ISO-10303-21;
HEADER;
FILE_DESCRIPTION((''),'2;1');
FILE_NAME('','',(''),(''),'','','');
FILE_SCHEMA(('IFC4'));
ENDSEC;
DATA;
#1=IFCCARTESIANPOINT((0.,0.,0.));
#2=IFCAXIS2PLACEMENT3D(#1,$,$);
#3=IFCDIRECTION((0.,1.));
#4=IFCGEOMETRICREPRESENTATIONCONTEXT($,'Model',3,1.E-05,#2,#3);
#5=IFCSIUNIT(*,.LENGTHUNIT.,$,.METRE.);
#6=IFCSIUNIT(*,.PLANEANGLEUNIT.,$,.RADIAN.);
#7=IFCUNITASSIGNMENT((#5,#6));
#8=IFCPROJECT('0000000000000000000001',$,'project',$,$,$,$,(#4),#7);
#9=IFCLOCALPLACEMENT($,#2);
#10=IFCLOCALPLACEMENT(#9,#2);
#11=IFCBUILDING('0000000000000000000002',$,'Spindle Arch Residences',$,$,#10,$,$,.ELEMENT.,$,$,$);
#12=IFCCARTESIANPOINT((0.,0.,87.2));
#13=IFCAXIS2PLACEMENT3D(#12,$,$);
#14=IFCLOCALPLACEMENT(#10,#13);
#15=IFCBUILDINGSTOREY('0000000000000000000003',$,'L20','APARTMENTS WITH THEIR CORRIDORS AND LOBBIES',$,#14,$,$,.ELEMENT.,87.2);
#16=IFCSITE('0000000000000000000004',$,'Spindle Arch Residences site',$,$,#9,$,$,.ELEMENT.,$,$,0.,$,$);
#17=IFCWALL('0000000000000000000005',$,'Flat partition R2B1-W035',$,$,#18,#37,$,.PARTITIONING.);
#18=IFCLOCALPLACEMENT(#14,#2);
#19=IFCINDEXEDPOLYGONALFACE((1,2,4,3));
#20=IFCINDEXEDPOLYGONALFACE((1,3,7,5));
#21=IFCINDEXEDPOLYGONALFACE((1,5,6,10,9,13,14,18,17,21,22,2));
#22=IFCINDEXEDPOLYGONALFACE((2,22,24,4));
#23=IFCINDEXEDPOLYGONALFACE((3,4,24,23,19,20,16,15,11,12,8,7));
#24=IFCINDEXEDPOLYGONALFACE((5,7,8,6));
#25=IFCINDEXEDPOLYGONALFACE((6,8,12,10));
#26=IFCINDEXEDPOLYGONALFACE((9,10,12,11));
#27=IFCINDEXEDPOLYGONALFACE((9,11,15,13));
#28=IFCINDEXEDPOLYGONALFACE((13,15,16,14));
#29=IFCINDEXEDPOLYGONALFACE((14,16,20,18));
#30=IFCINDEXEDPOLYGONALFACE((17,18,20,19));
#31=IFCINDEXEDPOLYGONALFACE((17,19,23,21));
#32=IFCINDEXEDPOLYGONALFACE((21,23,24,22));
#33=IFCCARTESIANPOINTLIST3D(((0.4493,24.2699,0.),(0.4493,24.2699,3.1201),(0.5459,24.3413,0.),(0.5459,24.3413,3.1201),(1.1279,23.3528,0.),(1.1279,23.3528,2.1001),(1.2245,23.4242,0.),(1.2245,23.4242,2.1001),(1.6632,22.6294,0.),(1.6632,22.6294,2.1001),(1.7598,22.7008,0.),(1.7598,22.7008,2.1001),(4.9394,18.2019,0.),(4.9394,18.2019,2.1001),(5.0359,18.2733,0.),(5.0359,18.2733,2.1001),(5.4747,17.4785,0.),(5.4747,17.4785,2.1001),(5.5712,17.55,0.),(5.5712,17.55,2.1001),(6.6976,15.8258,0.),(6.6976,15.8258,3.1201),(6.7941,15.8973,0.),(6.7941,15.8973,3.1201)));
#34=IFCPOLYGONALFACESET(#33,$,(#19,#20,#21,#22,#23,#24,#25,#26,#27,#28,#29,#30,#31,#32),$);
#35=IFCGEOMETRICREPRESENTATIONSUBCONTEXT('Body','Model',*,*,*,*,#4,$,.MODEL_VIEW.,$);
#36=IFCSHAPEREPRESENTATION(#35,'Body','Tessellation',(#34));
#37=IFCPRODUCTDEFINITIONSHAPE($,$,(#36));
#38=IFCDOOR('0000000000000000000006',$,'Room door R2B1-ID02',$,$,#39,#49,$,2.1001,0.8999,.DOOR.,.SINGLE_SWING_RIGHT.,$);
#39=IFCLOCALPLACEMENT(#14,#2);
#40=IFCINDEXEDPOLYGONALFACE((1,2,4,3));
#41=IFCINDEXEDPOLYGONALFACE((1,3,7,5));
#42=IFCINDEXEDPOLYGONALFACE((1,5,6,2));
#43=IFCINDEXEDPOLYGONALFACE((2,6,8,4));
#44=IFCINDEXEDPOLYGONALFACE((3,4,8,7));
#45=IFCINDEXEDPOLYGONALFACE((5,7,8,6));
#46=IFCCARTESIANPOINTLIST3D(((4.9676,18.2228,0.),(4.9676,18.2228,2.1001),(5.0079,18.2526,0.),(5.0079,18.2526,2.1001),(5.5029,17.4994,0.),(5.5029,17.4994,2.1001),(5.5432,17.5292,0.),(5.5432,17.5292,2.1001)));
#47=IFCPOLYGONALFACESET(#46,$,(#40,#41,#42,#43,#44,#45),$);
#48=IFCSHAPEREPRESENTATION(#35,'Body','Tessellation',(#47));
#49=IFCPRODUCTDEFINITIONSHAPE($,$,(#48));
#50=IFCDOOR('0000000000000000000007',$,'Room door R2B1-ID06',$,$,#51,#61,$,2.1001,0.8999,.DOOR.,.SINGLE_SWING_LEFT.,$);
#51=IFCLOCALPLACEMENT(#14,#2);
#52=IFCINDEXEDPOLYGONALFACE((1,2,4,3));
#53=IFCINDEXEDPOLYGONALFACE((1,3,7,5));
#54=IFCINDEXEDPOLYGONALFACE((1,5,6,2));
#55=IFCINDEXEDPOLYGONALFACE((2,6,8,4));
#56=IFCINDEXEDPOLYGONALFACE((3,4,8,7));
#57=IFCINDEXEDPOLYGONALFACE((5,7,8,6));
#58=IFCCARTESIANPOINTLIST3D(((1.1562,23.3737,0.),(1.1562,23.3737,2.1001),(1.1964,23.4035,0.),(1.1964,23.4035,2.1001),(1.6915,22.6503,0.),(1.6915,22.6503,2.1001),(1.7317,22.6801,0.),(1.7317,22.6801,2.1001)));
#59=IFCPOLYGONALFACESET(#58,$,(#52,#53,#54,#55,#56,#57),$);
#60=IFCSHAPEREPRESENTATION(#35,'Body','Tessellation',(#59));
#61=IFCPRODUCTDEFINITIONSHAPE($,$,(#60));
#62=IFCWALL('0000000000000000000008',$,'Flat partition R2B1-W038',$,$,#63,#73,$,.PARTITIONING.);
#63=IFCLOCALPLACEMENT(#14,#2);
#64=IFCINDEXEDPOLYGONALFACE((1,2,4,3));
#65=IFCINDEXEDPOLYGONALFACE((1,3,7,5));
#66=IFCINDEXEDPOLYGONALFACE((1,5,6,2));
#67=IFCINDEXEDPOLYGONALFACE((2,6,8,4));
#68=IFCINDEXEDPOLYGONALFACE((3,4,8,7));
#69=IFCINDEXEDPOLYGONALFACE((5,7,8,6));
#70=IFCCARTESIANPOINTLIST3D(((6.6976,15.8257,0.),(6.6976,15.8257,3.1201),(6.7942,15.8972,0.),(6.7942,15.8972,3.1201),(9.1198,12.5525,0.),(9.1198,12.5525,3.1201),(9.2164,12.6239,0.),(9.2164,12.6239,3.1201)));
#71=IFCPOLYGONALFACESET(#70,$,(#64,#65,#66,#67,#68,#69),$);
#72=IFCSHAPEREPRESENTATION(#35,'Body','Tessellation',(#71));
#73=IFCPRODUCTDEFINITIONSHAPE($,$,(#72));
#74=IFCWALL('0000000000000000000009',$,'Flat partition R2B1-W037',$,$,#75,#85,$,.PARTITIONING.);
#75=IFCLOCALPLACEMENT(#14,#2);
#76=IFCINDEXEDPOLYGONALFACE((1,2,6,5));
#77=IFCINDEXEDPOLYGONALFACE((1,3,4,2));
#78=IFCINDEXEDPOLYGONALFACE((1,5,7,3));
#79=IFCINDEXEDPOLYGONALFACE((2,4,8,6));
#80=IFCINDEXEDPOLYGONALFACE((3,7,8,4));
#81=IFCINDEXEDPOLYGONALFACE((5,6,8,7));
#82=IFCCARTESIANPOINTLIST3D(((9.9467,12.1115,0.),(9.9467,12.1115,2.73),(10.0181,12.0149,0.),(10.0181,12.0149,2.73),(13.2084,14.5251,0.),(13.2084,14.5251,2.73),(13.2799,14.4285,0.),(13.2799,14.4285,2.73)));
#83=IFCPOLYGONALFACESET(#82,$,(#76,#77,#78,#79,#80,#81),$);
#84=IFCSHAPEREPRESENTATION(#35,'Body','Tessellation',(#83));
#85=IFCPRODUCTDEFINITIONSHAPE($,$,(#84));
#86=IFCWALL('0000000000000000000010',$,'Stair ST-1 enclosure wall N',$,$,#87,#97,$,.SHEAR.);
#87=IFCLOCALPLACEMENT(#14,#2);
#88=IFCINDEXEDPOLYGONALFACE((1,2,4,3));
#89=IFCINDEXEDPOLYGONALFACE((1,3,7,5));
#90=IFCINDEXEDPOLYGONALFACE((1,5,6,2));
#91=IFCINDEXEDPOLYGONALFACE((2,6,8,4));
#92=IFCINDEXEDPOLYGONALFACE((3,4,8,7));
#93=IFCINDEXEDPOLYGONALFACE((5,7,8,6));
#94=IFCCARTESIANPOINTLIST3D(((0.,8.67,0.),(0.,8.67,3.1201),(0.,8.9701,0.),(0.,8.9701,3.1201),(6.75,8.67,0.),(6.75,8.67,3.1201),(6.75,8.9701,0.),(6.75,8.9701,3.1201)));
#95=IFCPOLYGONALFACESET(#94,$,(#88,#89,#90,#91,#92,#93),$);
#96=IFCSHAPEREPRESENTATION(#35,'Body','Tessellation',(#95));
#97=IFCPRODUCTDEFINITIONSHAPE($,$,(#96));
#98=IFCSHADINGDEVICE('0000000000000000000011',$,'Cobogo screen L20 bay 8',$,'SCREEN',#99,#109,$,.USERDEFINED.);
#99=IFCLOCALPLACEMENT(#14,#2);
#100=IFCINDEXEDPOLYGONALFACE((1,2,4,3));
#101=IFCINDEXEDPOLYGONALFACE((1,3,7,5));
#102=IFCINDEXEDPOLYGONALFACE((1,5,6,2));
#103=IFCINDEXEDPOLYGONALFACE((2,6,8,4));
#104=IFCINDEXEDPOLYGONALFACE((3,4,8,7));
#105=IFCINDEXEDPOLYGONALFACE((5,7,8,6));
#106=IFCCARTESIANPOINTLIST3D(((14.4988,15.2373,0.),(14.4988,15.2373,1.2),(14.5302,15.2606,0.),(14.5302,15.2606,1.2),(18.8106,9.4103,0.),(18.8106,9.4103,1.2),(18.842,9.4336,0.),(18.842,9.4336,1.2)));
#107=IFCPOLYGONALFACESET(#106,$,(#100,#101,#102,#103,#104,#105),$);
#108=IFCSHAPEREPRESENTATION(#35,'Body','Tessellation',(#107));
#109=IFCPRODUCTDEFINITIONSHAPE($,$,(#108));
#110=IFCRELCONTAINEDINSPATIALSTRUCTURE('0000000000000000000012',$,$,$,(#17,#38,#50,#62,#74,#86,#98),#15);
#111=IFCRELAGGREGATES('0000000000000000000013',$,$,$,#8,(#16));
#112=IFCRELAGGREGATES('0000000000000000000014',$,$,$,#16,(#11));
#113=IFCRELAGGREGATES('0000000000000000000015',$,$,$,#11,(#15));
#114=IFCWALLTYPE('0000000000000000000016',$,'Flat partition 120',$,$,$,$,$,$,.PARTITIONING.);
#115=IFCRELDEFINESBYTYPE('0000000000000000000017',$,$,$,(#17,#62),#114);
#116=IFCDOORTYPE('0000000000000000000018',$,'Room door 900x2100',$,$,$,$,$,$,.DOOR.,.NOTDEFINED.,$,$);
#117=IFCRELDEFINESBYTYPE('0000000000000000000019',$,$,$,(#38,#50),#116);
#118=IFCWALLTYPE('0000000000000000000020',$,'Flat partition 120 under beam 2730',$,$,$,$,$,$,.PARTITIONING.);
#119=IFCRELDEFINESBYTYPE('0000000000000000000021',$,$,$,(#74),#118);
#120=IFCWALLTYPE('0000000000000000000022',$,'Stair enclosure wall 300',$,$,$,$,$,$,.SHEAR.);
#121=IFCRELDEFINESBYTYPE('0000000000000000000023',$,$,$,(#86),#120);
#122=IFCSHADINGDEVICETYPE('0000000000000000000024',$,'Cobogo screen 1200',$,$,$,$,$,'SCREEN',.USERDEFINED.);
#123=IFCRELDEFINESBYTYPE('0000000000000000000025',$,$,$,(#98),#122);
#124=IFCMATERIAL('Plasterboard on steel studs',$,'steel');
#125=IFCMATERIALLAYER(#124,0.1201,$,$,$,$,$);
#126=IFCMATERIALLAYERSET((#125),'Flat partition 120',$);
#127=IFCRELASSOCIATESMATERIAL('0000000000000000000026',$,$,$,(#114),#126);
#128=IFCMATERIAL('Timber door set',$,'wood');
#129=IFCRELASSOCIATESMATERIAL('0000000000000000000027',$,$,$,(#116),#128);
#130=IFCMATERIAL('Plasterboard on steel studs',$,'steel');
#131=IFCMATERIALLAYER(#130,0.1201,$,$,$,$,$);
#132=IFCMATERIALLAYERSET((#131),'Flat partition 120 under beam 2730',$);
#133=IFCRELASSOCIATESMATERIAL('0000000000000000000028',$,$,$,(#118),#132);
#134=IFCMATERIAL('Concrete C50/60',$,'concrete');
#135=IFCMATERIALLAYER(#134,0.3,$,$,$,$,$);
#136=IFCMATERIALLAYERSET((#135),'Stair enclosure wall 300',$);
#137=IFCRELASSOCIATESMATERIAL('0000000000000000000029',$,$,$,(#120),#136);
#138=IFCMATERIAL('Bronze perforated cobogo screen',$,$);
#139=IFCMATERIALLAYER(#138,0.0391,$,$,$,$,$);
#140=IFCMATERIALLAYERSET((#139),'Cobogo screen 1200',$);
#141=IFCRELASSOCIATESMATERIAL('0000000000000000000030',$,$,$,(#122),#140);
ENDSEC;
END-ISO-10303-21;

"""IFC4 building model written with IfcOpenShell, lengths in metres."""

from ifc_helpers import new_model, si_unit, direction, frame, frame_2d, origin, origin_2d, place, context, subcontext, project, spatial, rectangle, extrude, material, layer, layer_set, type_object, element, fill, save


model = new_model("IFC4")

# Units and contexts
model_context = context("Model", 3, precision=1e-05, world=origin(), true_north=direction((0.0, 1.0)))
body_context = subcontext(model_context, "Body", "Model", "MODEL_VIEW")
ifc_project = project(units=[si_unit("LENGTHUNIT", "METRE"), si_unit("PLANEANGLEUNIT", "RADIAN")], contexts=[model_context])

# Site, building, storey
site_placement = place(None, origin())
site = spatial("IfcSite", under=ifc_project, at=site_placement, Name="Spindle Arch Residences site", CompositionType="ELEMENT", RefElevation=0.0)
building_placement = place(site_placement, origin())
building = spatial("IfcBuilding", under=site, at=building_placement, Name="Spindle Arch Residences", CompositionType="ELEMENT")
storey_placement = place(building_placement, frame((0.0, 0.0, 87.2)))
storey = spatial("IfcBuildingStorey", under=building, at=storey_placement, Name="L20", Description="APARTMENTS WITH THEIR CORRIDORS AND LOBBIES", CompositionType="ELEMENT", Elevation=87.2)

# Shared definitions
ifc_material_1 = material(Name="Plasterboard on steel studs", Category="steel")
ifc_layer_1 = layer(ifc_material_1, 0.1201)
ifc_layer_set_1 = layer_set([ifc_layer_1], Name="Flat partition 120")
wall_type_1 = type_object("IfcWallType", Name="Flat partition 120", PredefinedType="PARTITIONING", material=ifc_layer_set_1)

# Wall, openings, doors
wall_1_placement = place(storey_placement, frame((6.7458, 15.8616, 0.0), z_axis=(0.0, 0.0, 1.0), x_axis=(-0.594822, 0.803857, 0.0)))
wall_1 = element("IfcWall", 1, at=wall_1_placement, inside=storey, type_object=wall_type_1, Name="Flat partition R2B1-W035", PredefinedType="PARTITIONING", context=body_context, shape_type="SweptSolid", body=[
    extrude(rectangle(XDim=10.5044, YDim=0.1201, at=frame_2d((5.2522, 0.0))), origin(), (0.0, 0.0, 1.0), 3.1201),
])
opening_1_placement = place(wall_1_placement, frame((2.0559, 0.0, 0.0)))
opening_1 = element("IfcOpeningElement", 2, at=opening_1_placement, cuts=wall_1, PredefinedType="OPENING", context=body_context, shape_type="SweptSolid", body=[
    extrude(rectangle(XDim=0.8999, YDim=2.1001, at=frame_2d((0.45, 1.05))), frame((0.0, 0.0701, 0.0), z_axis=(0.0, -1.0, 0.0), x_axis=(1.0, 0.0, 0.0)), (0.0, 0.0, 1.0), 0.1401),
])
opening_2_placement = place(wall_1_placement, frame((8.4636, 0.0, 0.0)))
opening_2 = element("IfcOpeningElement", 3, at=opening_2_placement, cuts=wall_1, PredefinedType="OPENING", context=body_context, shape_type="SweptSolid", body=[
    extrude(rectangle(XDim=0.8999, YDim=2.1001, at=frame_2d((0.45, 1.05))), frame((0.0, 0.0701, 0.0), z_axis=(0.0, -1.0, 0.0), x_axis=(1.0, 0.0, 0.0)), (0.0, 0.0, 1.0), 0.1401),
])
ifc_material_2 = material(Name="Timber door set", Category="wood")
door_type_1 = type_object("IfcDoorType", Name="Room door 900x2100", OperationType="NOTDEFINED", PredefinedType="DOOR", material=ifc_material_2)
door_1_placement = place(opening_1_placement, origin())
door_1 = element("IfcDoor", 4, at=door_1_placement, inside=storey, type_object=door_type_1, Name="Room door R2B1-ID02", OperationType="SINGLE_SWING_RIGHT", OverallHeight=2.1001, OverallWidth=0.8999, PredefinedType="DOOR", context=body_context, shape_type="SweptSolid", body=[
    extrude(rectangle(XDim=0.8999, YDim=2.1001, at=frame_2d((0.45, 1.05))), frame((0.0, 0.0249, 0.0), z_axis=(0.0, -1.0, 0.0), x_axis=(1.0, 0.0, 0.0)), (0.0, 0.0, 1.0), 0.05),
])
fill(opening_1, door_1)
door_2_placement = place(opening_2_placement, origin())
door_2 = element("IfcDoor", 5, at=door_2_placement, inside=storey, type_object=door_type_1, Name="Room door R2B1-ID06", OperationType="SINGLE_SWING_LEFT", OverallHeight=2.1001, OverallWidth=0.8999, PredefinedType="DOOR", context=body_context, shape_type="SweptSolid", body=[
    extrude(rectangle(XDim=0.8999, YDim=2.1001, at=frame_2d((0.45, 1.05))), frame((0.0, 0.0249, 0.0), z_axis=(0.0, -1.0, 0.0), x_axis=(1.0, 0.0, 0.0)), (0.0, 0.0, 1.0), 0.05),
])
fill(opening_2, door_2)

# Walls
wall_2_placement = place(storey_placement, frame((6.7458, 15.8616, 0.0), z_axis=(0.0, 0.0, 1.0), x_axis=(0.594836, -0.803847, 0.0)))
element("IfcWall", 6, at=wall_2_placement, inside=storey, type_object=wall_type_1, Name="Flat partition R2B1-W038", PredefinedType="PARTITIONING", context=body_context, shape_type="SweptSolid", body=[
    extrude(rectangle(XDim=4.072, YDim=0.1201, at=frame_2d((2.0361, 0.0))), origin(), (0.0, 0.0, 1.0), 3.1201),
])
ifc_material_3 = material(Name="Plasterboard on steel studs", Category="steel")
ifc_layer_2 = layer(ifc_material_3, 0.1201)
ifc_layer_set_2 = layer_set([ifc_layer_2], Name="Flat partition 120 under beam 2730")
wall_type_2 = type_object("IfcWallType", Name="Flat partition 120 under beam 2730", PredefinedType="PARTITIONING", material=ifc_layer_set_2)
wall_3_placement = place(storey_placement, frame((13.2441, 14.4768, 0.0), z_axis=(0.0, 0.0, 1.0), x_axis=(-0.803853, -0.594827, 0.0)))
element("IfcWall", 7, at=wall_3_placement, inside=storey, type_object=wall_type_2, Name="Flat partition R2B1-W037", PredefinedType="PARTITIONING", context=body_context, shape_type="SweptSolid", body=[
    extrude(rectangle(XDim=4.0576, YDim=0.1201, at=frame_2d((2.0288, 0.0))), origin(), (0.0, 0.0, 1.0), 2.73),
])

# Wall
ifc_material_4 = material(Name="Concrete C50/60", Category="concrete")
ifc_layer_3 = layer(ifc_material_4, 0.3)
ifc_layer_set_3 = layer_set([ifc_layer_3], Name="Stair enclosure wall 300")
wall_type_3 = type_object("IfcWallType", Name="Stair enclosure wall 300", PredefinedType="SHEAR", material=ifc_layer_set_3)
wall_4_placement = place(storey_placement, frame((0.0, 8.8201, 0.0), z_axis=(0.0, 0.0, 1.0), x_axis=(1.0, 0.0, 0.0)))
element("IfcWall", 8, at=wall_4_placement, inside=storey, type_object=wall_type_3, Name="Stair ST-1 enclosure wall N", PredefinedType="SHEAR", context=body_context, shape_type="SweptSolid", body=[
    extrude(rectangle(XDim=6.75, YDim=0.3, at=frame_2d((3.375, 0.0))), origin(), (0.0, 0.0, 1.0), 3.1201),
])

# Shading device
ifc_material_5 = material(Name="Bronze perforated cobogo screen")
ifc_layer_4 = layer(ifc_material_5, 0.0391)
ifc_layer_set_4 = layer_set([ifc_layer_4], Name="Cobogo screen 1200")
shading_device_type = type_object("IfcShadingDeviceType", Name="Cobogo screen 1200", ElementType="SCREEN", PredefinedType="USERDEFINED", material=ifc_layer_set_4)
shading_device_placement = place(storey_placement, frame((16.6704, 12.3354, 0.0), z_axis=(0.0, 0.0, 1.0), x_axis=(-0.594823, 0.803857, 0.0)))
element("IfcShadingDevice", 9, at=shading_device_placement, inside=storey, type_object=shading_device_type, Name="Cobogo screen L20 bay 8", ObjectType="SCREEN", PredefinedType="USERDEFINED", context=body_context, shape_type="SweptSolid", body=[
    extrude(rectangle(XDim=7.2488, YDim=0.0391, at=origin_2d()), origin(), (0.0, 0.0, 1.0), 1.2),
])

save(model, "model.ifc")
